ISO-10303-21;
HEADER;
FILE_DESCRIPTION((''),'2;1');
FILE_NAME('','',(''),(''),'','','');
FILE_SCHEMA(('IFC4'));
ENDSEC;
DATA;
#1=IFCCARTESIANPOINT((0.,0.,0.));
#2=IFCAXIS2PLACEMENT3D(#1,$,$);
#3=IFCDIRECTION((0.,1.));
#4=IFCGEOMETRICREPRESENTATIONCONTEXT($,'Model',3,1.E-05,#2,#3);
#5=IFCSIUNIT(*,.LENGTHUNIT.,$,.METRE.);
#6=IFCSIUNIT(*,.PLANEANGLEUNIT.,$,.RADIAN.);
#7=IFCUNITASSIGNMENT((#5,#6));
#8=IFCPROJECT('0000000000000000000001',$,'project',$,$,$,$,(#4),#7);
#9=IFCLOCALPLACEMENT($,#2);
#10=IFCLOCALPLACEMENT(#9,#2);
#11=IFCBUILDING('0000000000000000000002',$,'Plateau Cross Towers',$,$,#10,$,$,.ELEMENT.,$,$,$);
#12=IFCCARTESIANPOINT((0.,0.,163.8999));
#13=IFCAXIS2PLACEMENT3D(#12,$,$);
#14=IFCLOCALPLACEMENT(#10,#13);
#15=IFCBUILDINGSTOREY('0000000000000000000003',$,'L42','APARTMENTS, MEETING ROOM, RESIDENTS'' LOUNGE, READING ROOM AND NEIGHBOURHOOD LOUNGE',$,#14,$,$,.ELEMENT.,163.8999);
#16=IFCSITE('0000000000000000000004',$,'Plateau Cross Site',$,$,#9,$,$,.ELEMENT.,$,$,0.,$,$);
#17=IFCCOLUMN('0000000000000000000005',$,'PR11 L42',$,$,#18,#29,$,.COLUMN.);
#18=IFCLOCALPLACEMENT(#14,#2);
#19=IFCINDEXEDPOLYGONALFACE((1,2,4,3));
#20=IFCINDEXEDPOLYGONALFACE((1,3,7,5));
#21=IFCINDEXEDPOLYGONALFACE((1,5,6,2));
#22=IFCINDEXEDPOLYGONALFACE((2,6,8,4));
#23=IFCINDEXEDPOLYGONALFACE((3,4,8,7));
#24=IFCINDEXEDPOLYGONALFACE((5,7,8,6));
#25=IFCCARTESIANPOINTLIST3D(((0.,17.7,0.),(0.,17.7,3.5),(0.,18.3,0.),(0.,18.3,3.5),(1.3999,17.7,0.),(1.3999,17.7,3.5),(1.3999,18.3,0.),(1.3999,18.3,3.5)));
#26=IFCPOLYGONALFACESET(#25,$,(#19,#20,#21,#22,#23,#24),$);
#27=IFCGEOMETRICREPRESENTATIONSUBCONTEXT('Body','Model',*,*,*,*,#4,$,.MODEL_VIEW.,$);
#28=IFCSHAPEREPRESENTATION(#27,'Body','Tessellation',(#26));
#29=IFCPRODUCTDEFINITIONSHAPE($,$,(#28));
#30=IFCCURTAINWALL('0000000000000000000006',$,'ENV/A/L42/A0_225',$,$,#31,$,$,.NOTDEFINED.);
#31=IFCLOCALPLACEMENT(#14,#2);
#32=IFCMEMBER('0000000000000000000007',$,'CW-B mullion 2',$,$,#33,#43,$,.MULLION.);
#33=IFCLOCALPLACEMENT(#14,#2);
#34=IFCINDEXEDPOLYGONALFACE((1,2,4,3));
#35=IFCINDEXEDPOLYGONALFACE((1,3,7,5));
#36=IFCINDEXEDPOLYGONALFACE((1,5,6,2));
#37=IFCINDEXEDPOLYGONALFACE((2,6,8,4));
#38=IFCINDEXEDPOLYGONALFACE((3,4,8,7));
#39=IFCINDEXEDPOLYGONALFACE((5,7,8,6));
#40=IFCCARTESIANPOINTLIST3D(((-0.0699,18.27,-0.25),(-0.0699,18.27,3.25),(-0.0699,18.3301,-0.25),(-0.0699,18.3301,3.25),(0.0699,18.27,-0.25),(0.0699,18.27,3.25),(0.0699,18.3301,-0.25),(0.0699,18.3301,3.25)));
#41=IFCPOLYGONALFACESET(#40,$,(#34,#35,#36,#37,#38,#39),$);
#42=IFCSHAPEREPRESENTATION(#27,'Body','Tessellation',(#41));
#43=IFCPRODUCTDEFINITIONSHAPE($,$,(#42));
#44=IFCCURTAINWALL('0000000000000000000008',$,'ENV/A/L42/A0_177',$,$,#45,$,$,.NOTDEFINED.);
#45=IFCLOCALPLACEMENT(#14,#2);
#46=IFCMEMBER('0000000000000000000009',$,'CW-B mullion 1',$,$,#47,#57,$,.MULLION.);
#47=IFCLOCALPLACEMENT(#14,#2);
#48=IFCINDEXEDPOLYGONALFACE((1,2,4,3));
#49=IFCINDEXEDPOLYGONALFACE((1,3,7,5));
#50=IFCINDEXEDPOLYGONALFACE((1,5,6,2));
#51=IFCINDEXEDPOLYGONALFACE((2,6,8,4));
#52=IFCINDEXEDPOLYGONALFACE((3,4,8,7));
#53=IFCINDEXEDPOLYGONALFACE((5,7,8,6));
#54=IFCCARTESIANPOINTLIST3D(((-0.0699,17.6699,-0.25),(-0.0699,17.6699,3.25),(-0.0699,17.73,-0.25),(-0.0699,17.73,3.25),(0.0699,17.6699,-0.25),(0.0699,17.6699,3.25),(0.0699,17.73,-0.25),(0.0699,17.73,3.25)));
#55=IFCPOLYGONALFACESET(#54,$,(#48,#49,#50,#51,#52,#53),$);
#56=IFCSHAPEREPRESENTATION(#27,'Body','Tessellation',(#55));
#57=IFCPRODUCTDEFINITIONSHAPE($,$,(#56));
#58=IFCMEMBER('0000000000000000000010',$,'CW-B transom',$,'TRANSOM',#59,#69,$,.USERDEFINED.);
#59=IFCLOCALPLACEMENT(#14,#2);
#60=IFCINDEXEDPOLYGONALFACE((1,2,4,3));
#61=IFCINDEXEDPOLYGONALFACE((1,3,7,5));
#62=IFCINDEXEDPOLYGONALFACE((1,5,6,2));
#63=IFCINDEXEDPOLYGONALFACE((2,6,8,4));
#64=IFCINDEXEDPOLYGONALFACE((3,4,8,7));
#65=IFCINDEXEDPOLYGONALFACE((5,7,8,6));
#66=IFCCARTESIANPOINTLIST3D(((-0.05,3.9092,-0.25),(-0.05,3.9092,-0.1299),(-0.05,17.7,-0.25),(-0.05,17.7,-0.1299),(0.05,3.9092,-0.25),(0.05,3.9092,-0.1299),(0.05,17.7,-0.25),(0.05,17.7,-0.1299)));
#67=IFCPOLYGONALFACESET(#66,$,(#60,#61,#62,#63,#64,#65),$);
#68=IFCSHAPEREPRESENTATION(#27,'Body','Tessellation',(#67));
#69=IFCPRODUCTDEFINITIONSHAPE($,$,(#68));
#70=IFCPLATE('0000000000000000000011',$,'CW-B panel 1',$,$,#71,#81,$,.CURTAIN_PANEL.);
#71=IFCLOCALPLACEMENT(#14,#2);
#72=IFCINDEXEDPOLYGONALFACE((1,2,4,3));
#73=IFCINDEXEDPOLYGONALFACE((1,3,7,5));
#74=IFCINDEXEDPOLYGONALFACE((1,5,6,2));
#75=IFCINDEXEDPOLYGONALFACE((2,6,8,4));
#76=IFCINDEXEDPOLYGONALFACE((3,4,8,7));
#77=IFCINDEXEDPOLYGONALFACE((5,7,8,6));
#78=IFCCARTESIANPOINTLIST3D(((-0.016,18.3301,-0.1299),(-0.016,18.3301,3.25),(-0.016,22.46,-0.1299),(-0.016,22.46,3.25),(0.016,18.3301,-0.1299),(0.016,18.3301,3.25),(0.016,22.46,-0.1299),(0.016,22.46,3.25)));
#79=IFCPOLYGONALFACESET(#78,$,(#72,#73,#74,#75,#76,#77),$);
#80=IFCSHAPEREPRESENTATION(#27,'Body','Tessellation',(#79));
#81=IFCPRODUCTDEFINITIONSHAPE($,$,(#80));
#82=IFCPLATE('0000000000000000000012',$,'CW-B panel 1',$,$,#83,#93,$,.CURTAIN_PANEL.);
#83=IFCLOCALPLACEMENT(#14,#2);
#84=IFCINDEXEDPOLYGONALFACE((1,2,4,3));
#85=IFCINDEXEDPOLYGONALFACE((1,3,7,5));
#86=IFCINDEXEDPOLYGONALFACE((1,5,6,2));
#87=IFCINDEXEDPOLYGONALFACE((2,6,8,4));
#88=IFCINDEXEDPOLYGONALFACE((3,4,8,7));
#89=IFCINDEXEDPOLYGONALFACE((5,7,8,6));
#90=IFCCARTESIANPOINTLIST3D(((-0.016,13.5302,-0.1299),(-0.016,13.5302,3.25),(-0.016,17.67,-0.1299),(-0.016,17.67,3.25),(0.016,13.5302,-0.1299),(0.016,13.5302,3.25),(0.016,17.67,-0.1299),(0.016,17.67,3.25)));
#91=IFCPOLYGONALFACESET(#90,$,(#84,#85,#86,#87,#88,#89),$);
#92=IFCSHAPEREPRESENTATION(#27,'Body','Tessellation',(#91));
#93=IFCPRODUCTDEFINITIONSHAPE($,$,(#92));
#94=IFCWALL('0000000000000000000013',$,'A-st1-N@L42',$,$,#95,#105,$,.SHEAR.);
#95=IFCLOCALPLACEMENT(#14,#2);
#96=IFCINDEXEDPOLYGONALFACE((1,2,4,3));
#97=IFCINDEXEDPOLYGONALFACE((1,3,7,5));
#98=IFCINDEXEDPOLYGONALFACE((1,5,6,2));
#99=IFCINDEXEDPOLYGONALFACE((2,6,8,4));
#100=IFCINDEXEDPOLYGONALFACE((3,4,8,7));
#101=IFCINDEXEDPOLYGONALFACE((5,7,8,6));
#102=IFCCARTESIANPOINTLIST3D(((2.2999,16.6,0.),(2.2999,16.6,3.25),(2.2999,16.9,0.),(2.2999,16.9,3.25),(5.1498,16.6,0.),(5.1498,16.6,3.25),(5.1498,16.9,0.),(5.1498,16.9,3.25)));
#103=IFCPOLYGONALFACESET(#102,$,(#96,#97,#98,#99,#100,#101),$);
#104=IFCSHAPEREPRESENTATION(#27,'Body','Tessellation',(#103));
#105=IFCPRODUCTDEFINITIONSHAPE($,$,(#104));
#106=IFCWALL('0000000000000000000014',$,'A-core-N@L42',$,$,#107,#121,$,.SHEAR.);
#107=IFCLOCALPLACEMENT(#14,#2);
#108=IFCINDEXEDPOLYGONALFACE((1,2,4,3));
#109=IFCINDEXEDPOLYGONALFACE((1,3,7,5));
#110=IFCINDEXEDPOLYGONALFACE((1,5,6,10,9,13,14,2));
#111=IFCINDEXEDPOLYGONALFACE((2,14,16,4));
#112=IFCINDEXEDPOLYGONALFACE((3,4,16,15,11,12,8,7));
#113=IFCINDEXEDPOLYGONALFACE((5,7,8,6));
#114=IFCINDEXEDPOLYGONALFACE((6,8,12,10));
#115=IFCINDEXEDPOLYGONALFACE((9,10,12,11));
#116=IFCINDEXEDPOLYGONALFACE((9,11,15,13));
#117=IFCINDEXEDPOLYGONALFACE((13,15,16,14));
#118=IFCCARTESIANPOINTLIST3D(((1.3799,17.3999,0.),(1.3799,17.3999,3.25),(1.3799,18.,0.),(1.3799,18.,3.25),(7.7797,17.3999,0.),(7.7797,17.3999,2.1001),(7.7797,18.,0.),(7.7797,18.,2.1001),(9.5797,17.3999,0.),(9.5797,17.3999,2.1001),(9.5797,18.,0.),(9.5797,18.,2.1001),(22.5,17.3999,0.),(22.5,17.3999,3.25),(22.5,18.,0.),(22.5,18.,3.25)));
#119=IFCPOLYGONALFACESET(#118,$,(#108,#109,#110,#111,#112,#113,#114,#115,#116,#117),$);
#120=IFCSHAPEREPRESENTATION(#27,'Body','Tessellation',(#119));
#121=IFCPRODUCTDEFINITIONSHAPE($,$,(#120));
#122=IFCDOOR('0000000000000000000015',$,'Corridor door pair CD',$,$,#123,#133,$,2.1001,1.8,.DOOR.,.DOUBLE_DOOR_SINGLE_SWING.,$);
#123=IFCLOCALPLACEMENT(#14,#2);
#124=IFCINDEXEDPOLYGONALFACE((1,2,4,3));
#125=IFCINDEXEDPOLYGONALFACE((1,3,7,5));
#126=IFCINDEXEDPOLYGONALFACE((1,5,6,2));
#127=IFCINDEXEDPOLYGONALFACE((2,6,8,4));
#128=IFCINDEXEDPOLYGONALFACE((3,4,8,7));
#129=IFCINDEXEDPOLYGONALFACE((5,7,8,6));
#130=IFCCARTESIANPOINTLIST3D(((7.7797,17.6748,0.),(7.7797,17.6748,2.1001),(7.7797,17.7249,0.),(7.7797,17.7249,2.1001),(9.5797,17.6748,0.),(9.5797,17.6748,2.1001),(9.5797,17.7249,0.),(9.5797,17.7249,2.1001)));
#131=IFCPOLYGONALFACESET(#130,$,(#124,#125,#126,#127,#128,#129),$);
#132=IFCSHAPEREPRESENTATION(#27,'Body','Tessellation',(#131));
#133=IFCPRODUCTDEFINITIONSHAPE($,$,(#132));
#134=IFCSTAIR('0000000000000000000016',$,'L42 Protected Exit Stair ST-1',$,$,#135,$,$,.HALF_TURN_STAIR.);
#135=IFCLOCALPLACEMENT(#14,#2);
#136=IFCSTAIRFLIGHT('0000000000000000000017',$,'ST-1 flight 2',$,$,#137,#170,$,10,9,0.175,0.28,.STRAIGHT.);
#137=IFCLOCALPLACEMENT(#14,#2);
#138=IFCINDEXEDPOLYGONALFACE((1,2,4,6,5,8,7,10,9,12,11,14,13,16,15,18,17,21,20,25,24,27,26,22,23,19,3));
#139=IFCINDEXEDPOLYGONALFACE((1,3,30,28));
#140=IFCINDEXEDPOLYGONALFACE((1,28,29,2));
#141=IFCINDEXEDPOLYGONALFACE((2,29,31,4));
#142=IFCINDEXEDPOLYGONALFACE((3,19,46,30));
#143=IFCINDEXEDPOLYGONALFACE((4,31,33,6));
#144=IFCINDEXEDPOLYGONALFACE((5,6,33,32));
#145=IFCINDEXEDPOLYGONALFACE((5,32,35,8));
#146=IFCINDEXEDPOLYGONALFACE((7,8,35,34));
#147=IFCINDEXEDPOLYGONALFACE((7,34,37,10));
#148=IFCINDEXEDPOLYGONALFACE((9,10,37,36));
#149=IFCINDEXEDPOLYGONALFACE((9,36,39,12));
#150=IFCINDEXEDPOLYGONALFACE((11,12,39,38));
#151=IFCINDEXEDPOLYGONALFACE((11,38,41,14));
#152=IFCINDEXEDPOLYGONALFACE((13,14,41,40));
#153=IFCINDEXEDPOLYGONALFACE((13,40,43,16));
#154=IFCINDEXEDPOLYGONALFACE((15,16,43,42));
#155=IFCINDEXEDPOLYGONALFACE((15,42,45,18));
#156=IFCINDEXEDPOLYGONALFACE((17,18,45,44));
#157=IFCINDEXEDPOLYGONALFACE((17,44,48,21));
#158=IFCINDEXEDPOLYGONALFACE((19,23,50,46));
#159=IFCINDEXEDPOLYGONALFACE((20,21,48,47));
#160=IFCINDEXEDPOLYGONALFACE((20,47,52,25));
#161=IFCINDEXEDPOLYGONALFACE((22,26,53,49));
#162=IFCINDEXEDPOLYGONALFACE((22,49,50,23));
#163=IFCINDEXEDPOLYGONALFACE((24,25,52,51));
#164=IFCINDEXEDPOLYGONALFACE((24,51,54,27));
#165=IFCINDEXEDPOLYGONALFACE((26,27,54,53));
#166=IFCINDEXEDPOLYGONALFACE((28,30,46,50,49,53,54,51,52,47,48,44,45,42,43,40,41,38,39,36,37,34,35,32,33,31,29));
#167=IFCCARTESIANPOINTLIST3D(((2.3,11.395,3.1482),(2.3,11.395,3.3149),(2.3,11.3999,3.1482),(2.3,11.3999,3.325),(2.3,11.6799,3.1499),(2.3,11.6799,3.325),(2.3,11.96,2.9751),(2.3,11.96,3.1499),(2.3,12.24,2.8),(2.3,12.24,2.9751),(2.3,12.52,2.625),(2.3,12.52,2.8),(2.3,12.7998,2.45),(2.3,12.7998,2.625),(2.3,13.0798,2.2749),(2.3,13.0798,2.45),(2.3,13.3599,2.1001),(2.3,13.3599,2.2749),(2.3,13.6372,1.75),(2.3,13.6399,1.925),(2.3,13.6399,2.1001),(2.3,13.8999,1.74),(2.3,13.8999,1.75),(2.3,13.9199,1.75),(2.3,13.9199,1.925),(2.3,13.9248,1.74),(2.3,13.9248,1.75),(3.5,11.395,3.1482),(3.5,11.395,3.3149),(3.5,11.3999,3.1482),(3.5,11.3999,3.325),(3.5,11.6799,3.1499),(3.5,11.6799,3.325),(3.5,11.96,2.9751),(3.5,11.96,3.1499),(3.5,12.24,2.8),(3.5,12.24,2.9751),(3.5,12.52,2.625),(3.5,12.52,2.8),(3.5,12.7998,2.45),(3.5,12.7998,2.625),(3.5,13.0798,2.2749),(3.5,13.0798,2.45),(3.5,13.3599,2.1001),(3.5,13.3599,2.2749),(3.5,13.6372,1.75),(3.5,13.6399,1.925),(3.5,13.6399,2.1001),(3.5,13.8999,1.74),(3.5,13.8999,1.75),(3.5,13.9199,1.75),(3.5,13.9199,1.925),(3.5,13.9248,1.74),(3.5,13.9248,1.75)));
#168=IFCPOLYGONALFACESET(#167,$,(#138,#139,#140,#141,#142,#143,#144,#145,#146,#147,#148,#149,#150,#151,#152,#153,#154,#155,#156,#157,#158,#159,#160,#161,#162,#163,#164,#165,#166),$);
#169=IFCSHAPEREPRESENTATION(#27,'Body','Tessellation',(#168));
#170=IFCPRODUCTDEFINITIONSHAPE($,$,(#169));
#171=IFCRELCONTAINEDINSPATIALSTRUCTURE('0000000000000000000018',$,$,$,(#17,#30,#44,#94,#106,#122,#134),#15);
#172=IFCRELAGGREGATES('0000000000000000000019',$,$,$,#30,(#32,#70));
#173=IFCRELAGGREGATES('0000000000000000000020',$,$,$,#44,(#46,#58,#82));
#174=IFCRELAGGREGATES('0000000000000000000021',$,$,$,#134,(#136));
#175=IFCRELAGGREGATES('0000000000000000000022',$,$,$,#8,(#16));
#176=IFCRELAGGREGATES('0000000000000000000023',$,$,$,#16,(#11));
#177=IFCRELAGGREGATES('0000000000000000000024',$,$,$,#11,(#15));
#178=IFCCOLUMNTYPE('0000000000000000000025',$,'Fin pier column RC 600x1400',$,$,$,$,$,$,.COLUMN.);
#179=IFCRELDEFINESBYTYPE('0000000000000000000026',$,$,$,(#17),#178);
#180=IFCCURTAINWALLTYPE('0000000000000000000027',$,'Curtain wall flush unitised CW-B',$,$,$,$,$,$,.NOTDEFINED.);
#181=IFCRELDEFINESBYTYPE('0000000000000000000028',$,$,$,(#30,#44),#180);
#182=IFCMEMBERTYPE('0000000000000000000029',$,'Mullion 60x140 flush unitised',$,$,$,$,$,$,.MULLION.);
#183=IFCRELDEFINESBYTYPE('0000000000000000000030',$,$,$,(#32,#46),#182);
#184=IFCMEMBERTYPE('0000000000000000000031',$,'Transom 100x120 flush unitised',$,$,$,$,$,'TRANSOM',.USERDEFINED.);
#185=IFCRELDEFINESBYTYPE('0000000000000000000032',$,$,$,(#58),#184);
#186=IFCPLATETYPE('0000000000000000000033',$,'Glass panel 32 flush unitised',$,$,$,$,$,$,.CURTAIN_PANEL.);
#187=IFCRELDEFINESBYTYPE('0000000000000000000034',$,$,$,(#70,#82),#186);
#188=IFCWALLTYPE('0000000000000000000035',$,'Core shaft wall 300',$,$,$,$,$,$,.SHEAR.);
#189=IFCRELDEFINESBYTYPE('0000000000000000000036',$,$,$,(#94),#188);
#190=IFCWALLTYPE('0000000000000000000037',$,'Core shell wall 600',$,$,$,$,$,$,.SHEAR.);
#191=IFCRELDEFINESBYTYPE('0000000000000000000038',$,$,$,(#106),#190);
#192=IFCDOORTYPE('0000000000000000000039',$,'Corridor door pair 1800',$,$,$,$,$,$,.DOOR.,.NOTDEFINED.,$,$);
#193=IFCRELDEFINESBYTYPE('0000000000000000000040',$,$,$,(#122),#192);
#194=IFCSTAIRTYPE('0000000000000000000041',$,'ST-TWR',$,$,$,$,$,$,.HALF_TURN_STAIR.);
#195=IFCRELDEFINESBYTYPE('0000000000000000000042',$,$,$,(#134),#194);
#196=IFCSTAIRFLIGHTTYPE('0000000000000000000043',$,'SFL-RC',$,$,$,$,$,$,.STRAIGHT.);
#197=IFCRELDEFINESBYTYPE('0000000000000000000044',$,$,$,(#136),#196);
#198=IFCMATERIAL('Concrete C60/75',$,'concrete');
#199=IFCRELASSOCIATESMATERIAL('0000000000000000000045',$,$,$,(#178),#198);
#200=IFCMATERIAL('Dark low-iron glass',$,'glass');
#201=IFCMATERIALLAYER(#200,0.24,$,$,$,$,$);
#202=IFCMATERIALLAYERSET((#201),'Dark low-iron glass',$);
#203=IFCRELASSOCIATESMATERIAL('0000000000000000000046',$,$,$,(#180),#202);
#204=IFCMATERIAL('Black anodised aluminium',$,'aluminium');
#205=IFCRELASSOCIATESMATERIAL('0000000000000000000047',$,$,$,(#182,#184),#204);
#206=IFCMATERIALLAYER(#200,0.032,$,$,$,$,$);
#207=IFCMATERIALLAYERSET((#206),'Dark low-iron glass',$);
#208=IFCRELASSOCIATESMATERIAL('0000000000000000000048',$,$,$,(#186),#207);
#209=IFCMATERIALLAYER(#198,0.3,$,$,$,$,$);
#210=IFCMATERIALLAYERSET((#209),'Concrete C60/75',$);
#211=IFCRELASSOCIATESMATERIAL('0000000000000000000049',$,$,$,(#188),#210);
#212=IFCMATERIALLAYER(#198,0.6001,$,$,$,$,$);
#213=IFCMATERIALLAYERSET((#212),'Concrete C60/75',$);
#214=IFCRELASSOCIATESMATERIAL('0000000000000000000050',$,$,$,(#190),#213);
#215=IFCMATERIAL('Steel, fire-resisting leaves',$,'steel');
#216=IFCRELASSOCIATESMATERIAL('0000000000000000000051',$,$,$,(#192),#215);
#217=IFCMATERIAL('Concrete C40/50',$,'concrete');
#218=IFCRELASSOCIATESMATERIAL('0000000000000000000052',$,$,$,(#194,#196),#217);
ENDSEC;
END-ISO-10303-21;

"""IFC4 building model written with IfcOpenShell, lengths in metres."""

from ifc_helpers import new_model, si_unit, direction, frame, frame_2d, origin, origin_2d, place, context, subcontext, project, spatial, polyline, rectangle, outline, extrude, material, layer, layer_set, material_profile, profile_set, type_object, element, fill, aggregate, save


model = new_model("IFC4")

# Units and contexts
model_context = context("Model", 3, precision=1e-05, world=origin(), true_north=direction((0.0, 1.0)))
body_context = subcontext(model_context, "Body", "Model", "MODEL_VIEW")
ifc_project = project(units=[si_unit("LENGTHUNIT", "METRE"), si_unit("PLANEANGLEUNIT", "RADIAN")], contexts=[model_context])

# Site, building, storey
site_placement = place(None, origin())
site = spatial("IfcSite", under=ifc_project, at=site_placement, Name="Plateau Cross Site", CompositionType="ELEMENT", RefElevation=0.0)
building_placement = place(site_placement, origin())
building = spatial("IfcBuilding", under=site, at=building_placement, Name="Plateau Cross Towers", CompositionType="ELEMENT")
storey_placement = place(building_placement, frame((0.0, 0.0, 163.8999)))
storey = spatial("IfcBuildingStorey", under=building, at=storey_placement, Name="L42", Description="APARTMENTS, MEETING ROOM, RESIDENTS' LOUNGE, READING ROOM AND NEIGHBOURHOOD LOUNGE", CompositionType="ELEMENT", Elevation=163.8999)

# Column
ifc_material_1 = material(Name="Concrete C60/75", Category="concrete")
ifc_material_profile_1 = material_profile(ifc_material_1, rectangle(XDim=0.6001, YDim=1.3999, at=origin_2d()), Name="RC 600x1400")
ifc_profile_set_1 = profile_set([ifc_material_profile_1], Name="Concrete C60/75")
column_type = type_object("IfcColumnType", Name="Fin pier column RC 600x1400", PredefinedType="COLUMN", material=ifc_profile_set_1)
column_placement = place(storey_placement, frame((0.7, 18.0, 0.0), z_axis=(0.0, 0.0, 1.0), x_axis=(0.0, 1.0, 0.0)))
element("IfcColumn", 1, at=column_placement, inside=storey, type_object=column_type, Name="PR11 L42", PredefinedType="COLUMN", context=body_context, shape_type="SweptSolid", body=[
    extrude(rectangle(XDim=0.6001, YDim=1.3999, at=origin_2d()), origin(), (0.0, 0.0, 1.0), 3.5),
])

# Curtain wall, member
ifc_material_2 = material(Name="Dark low-iron glass", Category="glass")
ifc_layer_1 = layer(ifc_material_2, 0.24)
ifc_layer_set_1 = layer_set([ifc_layer_1], Name="Dark low-iron glass")
curtain_wall_type = type_object("IfcCurtainWallType", Name="Curtain wall flush unitised CW-B", PredefinedType="NOTDEFINED", material=ifc_layer_set_1)
curtain_wall_1_placement = place(storey_placement, origin())
curtain_wall_1 = element("IfcCurtainWall", 2, at=curtain_wall_1_placement, inside=storey, type_object=curtain_wall_type, Name="ENV/A/L42/A0_225", PredefinedType="NOTDEFINED")
ifc_material_3 = material(Name="Black anodised aluminium", Category="aluminium")
ifc_material_profile_2 = material_profile(ifc_material_3, rectangle(XDim=0.0601, YDim=0.1399, at=origin_2d()), Name="MULLION 60x140")
ifc_profile_set_2 = profile_set([ifc_material_profile_2], Name="Black anodised aluminium")
member_type_1 = type_object("IfcMemberType", Name="Mullion 60x140 flush unitised", PredefinedType="MULLION", material=ifc_profile_set_2)
member_1_placement = place(storey_placement, frame((0.0, 18.3, -0.25), z_axis=(0.0, 0.0, 1.0), x_axis=(0.0, -1.0, 0.0)))
member_1 = element("IfcMember", 3, at=member_1_placement, type_object=member_type_1, Name="CW-B mullion 2", PredefinedType="MULLION", context=body_context, shape_type="SweptSolid", body=[
    extrude(rectangle(XDim=0.0601, YDim=0.1399, at=origin_2d()), origin(), (0.0, 0.0, 1.0), 3.5),
])

# Curtain wall, members
curtain_wall_2_placement = place(storey_placement, origin())
curtain_wall_2 = element("IfcCurtainWall", 4, at=curtain_wall_2_placement, inside=storey, type_object=curtain_wall_type, Name="ENV/A/L42/A0_177", PredefinedType="NOTDEFINED")
member_2_placement = place(storey_placement, frame((0.0, 17.7, -0.25), z_axis=(0.0, 0.0, 1.0), x_axis=(0.0, -1.0, 0.0)))
member_2 = element("IfcMember", 5, at=member_2_placement, type_object=member_type_1, Name="CW-B mullion 1", PredefinedType="MULLION", context=body_context, shape_type="SweptSolid", body=[
    extrude(rectangle(XDim=0.0601, YDim=0.1399, at=origin_2d()), origin(), (0.0, 0.0, 1.0), 3.5),
])
ifc_material_profile_3 = material_profile(ifc_material_3, rectangle(XDim=0.1001, YDim=0.1201, at=origin_2d()), Name="TRANSOM 100x120")
ifc_profile_set_3 = profile_set([ifc_material_profile_3], Name="Black anodised aluminium")
member_type_2 = type_object("IfcMemberType", Name="Transom 100x120 flush unitised", ElementType="TRANSOM", PredefinedType="USERDEFINED", material=ifc_profile_set_3)
member_3_placement = place(storey_placement, frame((0.0, 17.7, -0.1899), z_axis=(0.0, -1.0, 0.0), x_axis=(1.0, 0.0, 0.0)))
member_3 = element("IfcMember", 6, at=member_3_placement, type_object=member_type_2, Name="CW-B transom", ObjectType="TRANSOM", PredefinedType="USERDEFINED", context=body_context, shape_type="SweptSolid", body=[
    extrude(rectangle(XDim=0.1001, YDim=0.1201, at=origin_2d()), origin(), (0.0, 0.0, 1.0), 13.7908),
])

# Plates
ifc_layer_2 = layer(ifc_material_2, 0.032)
ifc_layer_set_2 = layer_set([ifc_layer_2], Name="Dark low-iron glass")
plate_type = type_object("IfcPlateType", Name="Glass panel 32 flush unitised", PredefinedType="CURTAIN_PANEL", material=ifc_layer_set_2)
plate_1_placement = place(storey_placement, frame((0.0, 20.395, -0.1299), z_axis=(0.0, 0.0, 1.0), x_axis=(0.0, -1.0, 0.0)))
plate_1 = element("IfcPlate", 7, at=plate_1_placement, type_object=plate_type, Name="CW-B panel 1", PredefinedType="CURTAIN_PANEL", context=body_context, shape_type="SweptSolid", body=[
    extrude(rectangle(XDim=4.1299, YDim=0.032, at=origin_2d()), origin(), (0.0, 0.0, 1.0), 3.3799),
])
aggregate(curtain_wall_1, [member_1, plate_1])
plate_2_placement = place(storey_placement, frame((0.0, 15.6001, -0.1299), z_axis=(0.0, 0.0, 1.0), x_axis=(0.0, -1.0, 0.0)))
plate_2 = element("IfcPlate", 8, at=plate_2_placement, type_object=plate_type, Name="CW-B panel 1", PredefinedType="CURTAIN_PANEL", context=body_context, shape_type="SweptSolid", body=[
    extrude(rectangle(XDim=4.1399, YDim=0.032, at=origin_2d()), origin(), (0.0, 0.0, 1.0), 3.3799),
])
aggregate(curtain_wall_2, [member_2, member_3, plate_2])

# Wall
ifc_layer_3 = layer(ifc_material_1, 0.3)
ifc_layer_set_3 = layer_set([ifc_layer_3], Name="Concrete C60/75")
wall_type_1 = type_object("IfcWallType", Name="Core shaft wall 300", PredefinedType="SHEAR", material=ifc_layer_set_3)
wall_1_placement = place(storey_placement, frame((2.3, 16.75, 0.0), z_axis=(0.0, 0.0, 1.0), x_axis=(1.0, 0.0, 0.0)))
element("IfcWall", 9, at=wall_1_placement, inside=storey, type_object=wall_type_1, Name="A-st1-N@L42", PredefinedType="SHEAR", context=body_context, shape_type="SweptSolid", body=[
    extrude(rectangle(XDim=2.8499, YDim=0.3, at=frame_2d((1.4248, 0.0))), origin(), (0.0, 0.0, 1.0), 3.25),
])

# Wall, opening, door
ifc_layer_4 = layer(ifc_material_1, 0.6001)
ifc_layer_set_4 = layer_set([ifc_layer_4], Name="Concrete C60/75")
wall_type_2 = type_object("IfcWallType", Name="Core shell wall 600", PredefinedType="SHEAR", material=ifc_layer_set_4)
wall_2_placement = place(storey_placement, frame((1.3799, 17.7, 0.0), z_axis=(0.0, 0.0, 1.0), x_axis=(1.0, 0.0, 0.0)))
wall_2 = element("IfcWall", 10, at=wall_2_placement, inside=storey, type_object=wall_type_2, Name="A-core-N@L42", PredefinedType="SHEAR", context=body_context, shape_type="SweptSolid", body=[
    extrude(rectangle(XDim=21.1201, YDim=0.6001, at=frame_2d((10.5601, 0.0))), origin(), (0.0, 0.0, 1.0), 3.25),
])
opening_placement = place(wall_2_placement, frame((6.3999, 0.0, 0.0)))
opening = element("IfcOpeningElement", 11, at=opening_placement, cuts=wall_2, PredefinedType="OPENING", context=body_context, shape_type="SweptSolid", body=[
    extrude(rectangle(XDim=1.8, YDim=2.1001, at=frame_2d((0.8999, 1.05))), frame((0.0, 0.3101, 0.0), z_axis=(0.0, -1.0, 0.0), x_axis=(1.0, 0.0, 0.0)), (0.0, 0.0, 1.0), 0.6201),
])
ifc_material_4 = material(Name="Steel, fire-resisting leaves", Category="steel")
door_type = type_object("IfcDoorType", Name="Corridor door pair 1800", OperationType="NOTDEFINED", PredefinedType="DOOR", material=ifc_material_4)
door_placement = place(opening_placement, origin())
door = element("IfcDoor", 12, at=door_placement, inside=storey, type_object=door_type, Name="Corridor door pair CD", OperationType="DOUBLE_DOOR_SINGLE_SWING", OverallHeight=2.1001, OverallWidth=1.8, PredefinedType="DOOR", context=body_context, shape_type="SweptSolid", body=[
    extrude(rectangle(XDim=1.8, YDim=2.1001, at=frame_2d((0.8999, 1.05))), frame((0.0, 0.0249, 0.0), z_axis=(0.0, -1.0, 0.0), x_axis=(1.0, 0.0, 0.0)), (0.0, 0.0, 1.0), 0.05),
])
fill(opening, door)

# Stair, stair flight
ifc_material_5 = material(Name="Concrete C40/50", Category="concrete")
stair_type = type_object("IfcStairType", Name="ST-TWR", PredefinedType="HALF_TURN_STAIR", material=ifc_material_5)
stair_placement = place(storey_placement, origin())
stair = element("IfcStair", 13, at=stair_placement, inside=storey, type_object=stair_type, Name="L42 Protected Exit Stair ST-1", PredefinedType="HALF_TURN_STAIR")
stair_flight_type = type_object("IfcStairFlightType", Name="SFL-RC", PredefinedType="STRAIGHT", material=ifc_material_5)
stair_flight_placement = place(storey_placement, frame((2.8999, 13.9199, 1.75), z_axis=(0.0, 0.0, 1.0), x_axis=(0.0, -1.0, 0.0)))
stair_flight = element("IfcStairFlight", 14, at=stair_flight_placement, type_object=stair_flight_type, Name="ST-1 flight 2", NumberOfRisers=10, NumberOfTreads=9, PredefinedType="STRAIGHT", RiserHeight=0.175, TreadLength=0.28, context=body_context, shape_type="SweptSolid", body=[
    extrude(outline(polyline([(-0.0049, -0.01), (-0.0049, 0.0), (0.0, 0.0), (0.0, 0.175), (0.28, 0.175), (0.28, 0.3501), (0.5601, 0.3501), (0.5601, 0.5249), (0.8401, 0.5249), (0.8401, 0.7), (1.1201, 0.7), (1.1201, 0.875), (1.3999, 0.875), (1.3999, 1.05), (1.6799, 1.05), (1.6799, 1.2251), (1.96, 1.2251), (1.96, 1.3999), (2.24, 1.3999), (2.24, 1.575), (2.52, 1.575), (2.5249, 1.5649), (2.5249, 1.3982), (2.52, 1.3982), (0.2827, 0.0), (0.02, 0.0), (0.02, -0.01), (-0.0049, -0.01)])), frame((0.0, 0.6001, 0.0), z_axis=(0.0, -1.0, 0.0), x_axis=(1.0, 0.0, 0.0)), (0.0, 0.0, 1.0), 1.2),
])
aggregate(stair, [stair_flight])

save(model, "model.ifc")
